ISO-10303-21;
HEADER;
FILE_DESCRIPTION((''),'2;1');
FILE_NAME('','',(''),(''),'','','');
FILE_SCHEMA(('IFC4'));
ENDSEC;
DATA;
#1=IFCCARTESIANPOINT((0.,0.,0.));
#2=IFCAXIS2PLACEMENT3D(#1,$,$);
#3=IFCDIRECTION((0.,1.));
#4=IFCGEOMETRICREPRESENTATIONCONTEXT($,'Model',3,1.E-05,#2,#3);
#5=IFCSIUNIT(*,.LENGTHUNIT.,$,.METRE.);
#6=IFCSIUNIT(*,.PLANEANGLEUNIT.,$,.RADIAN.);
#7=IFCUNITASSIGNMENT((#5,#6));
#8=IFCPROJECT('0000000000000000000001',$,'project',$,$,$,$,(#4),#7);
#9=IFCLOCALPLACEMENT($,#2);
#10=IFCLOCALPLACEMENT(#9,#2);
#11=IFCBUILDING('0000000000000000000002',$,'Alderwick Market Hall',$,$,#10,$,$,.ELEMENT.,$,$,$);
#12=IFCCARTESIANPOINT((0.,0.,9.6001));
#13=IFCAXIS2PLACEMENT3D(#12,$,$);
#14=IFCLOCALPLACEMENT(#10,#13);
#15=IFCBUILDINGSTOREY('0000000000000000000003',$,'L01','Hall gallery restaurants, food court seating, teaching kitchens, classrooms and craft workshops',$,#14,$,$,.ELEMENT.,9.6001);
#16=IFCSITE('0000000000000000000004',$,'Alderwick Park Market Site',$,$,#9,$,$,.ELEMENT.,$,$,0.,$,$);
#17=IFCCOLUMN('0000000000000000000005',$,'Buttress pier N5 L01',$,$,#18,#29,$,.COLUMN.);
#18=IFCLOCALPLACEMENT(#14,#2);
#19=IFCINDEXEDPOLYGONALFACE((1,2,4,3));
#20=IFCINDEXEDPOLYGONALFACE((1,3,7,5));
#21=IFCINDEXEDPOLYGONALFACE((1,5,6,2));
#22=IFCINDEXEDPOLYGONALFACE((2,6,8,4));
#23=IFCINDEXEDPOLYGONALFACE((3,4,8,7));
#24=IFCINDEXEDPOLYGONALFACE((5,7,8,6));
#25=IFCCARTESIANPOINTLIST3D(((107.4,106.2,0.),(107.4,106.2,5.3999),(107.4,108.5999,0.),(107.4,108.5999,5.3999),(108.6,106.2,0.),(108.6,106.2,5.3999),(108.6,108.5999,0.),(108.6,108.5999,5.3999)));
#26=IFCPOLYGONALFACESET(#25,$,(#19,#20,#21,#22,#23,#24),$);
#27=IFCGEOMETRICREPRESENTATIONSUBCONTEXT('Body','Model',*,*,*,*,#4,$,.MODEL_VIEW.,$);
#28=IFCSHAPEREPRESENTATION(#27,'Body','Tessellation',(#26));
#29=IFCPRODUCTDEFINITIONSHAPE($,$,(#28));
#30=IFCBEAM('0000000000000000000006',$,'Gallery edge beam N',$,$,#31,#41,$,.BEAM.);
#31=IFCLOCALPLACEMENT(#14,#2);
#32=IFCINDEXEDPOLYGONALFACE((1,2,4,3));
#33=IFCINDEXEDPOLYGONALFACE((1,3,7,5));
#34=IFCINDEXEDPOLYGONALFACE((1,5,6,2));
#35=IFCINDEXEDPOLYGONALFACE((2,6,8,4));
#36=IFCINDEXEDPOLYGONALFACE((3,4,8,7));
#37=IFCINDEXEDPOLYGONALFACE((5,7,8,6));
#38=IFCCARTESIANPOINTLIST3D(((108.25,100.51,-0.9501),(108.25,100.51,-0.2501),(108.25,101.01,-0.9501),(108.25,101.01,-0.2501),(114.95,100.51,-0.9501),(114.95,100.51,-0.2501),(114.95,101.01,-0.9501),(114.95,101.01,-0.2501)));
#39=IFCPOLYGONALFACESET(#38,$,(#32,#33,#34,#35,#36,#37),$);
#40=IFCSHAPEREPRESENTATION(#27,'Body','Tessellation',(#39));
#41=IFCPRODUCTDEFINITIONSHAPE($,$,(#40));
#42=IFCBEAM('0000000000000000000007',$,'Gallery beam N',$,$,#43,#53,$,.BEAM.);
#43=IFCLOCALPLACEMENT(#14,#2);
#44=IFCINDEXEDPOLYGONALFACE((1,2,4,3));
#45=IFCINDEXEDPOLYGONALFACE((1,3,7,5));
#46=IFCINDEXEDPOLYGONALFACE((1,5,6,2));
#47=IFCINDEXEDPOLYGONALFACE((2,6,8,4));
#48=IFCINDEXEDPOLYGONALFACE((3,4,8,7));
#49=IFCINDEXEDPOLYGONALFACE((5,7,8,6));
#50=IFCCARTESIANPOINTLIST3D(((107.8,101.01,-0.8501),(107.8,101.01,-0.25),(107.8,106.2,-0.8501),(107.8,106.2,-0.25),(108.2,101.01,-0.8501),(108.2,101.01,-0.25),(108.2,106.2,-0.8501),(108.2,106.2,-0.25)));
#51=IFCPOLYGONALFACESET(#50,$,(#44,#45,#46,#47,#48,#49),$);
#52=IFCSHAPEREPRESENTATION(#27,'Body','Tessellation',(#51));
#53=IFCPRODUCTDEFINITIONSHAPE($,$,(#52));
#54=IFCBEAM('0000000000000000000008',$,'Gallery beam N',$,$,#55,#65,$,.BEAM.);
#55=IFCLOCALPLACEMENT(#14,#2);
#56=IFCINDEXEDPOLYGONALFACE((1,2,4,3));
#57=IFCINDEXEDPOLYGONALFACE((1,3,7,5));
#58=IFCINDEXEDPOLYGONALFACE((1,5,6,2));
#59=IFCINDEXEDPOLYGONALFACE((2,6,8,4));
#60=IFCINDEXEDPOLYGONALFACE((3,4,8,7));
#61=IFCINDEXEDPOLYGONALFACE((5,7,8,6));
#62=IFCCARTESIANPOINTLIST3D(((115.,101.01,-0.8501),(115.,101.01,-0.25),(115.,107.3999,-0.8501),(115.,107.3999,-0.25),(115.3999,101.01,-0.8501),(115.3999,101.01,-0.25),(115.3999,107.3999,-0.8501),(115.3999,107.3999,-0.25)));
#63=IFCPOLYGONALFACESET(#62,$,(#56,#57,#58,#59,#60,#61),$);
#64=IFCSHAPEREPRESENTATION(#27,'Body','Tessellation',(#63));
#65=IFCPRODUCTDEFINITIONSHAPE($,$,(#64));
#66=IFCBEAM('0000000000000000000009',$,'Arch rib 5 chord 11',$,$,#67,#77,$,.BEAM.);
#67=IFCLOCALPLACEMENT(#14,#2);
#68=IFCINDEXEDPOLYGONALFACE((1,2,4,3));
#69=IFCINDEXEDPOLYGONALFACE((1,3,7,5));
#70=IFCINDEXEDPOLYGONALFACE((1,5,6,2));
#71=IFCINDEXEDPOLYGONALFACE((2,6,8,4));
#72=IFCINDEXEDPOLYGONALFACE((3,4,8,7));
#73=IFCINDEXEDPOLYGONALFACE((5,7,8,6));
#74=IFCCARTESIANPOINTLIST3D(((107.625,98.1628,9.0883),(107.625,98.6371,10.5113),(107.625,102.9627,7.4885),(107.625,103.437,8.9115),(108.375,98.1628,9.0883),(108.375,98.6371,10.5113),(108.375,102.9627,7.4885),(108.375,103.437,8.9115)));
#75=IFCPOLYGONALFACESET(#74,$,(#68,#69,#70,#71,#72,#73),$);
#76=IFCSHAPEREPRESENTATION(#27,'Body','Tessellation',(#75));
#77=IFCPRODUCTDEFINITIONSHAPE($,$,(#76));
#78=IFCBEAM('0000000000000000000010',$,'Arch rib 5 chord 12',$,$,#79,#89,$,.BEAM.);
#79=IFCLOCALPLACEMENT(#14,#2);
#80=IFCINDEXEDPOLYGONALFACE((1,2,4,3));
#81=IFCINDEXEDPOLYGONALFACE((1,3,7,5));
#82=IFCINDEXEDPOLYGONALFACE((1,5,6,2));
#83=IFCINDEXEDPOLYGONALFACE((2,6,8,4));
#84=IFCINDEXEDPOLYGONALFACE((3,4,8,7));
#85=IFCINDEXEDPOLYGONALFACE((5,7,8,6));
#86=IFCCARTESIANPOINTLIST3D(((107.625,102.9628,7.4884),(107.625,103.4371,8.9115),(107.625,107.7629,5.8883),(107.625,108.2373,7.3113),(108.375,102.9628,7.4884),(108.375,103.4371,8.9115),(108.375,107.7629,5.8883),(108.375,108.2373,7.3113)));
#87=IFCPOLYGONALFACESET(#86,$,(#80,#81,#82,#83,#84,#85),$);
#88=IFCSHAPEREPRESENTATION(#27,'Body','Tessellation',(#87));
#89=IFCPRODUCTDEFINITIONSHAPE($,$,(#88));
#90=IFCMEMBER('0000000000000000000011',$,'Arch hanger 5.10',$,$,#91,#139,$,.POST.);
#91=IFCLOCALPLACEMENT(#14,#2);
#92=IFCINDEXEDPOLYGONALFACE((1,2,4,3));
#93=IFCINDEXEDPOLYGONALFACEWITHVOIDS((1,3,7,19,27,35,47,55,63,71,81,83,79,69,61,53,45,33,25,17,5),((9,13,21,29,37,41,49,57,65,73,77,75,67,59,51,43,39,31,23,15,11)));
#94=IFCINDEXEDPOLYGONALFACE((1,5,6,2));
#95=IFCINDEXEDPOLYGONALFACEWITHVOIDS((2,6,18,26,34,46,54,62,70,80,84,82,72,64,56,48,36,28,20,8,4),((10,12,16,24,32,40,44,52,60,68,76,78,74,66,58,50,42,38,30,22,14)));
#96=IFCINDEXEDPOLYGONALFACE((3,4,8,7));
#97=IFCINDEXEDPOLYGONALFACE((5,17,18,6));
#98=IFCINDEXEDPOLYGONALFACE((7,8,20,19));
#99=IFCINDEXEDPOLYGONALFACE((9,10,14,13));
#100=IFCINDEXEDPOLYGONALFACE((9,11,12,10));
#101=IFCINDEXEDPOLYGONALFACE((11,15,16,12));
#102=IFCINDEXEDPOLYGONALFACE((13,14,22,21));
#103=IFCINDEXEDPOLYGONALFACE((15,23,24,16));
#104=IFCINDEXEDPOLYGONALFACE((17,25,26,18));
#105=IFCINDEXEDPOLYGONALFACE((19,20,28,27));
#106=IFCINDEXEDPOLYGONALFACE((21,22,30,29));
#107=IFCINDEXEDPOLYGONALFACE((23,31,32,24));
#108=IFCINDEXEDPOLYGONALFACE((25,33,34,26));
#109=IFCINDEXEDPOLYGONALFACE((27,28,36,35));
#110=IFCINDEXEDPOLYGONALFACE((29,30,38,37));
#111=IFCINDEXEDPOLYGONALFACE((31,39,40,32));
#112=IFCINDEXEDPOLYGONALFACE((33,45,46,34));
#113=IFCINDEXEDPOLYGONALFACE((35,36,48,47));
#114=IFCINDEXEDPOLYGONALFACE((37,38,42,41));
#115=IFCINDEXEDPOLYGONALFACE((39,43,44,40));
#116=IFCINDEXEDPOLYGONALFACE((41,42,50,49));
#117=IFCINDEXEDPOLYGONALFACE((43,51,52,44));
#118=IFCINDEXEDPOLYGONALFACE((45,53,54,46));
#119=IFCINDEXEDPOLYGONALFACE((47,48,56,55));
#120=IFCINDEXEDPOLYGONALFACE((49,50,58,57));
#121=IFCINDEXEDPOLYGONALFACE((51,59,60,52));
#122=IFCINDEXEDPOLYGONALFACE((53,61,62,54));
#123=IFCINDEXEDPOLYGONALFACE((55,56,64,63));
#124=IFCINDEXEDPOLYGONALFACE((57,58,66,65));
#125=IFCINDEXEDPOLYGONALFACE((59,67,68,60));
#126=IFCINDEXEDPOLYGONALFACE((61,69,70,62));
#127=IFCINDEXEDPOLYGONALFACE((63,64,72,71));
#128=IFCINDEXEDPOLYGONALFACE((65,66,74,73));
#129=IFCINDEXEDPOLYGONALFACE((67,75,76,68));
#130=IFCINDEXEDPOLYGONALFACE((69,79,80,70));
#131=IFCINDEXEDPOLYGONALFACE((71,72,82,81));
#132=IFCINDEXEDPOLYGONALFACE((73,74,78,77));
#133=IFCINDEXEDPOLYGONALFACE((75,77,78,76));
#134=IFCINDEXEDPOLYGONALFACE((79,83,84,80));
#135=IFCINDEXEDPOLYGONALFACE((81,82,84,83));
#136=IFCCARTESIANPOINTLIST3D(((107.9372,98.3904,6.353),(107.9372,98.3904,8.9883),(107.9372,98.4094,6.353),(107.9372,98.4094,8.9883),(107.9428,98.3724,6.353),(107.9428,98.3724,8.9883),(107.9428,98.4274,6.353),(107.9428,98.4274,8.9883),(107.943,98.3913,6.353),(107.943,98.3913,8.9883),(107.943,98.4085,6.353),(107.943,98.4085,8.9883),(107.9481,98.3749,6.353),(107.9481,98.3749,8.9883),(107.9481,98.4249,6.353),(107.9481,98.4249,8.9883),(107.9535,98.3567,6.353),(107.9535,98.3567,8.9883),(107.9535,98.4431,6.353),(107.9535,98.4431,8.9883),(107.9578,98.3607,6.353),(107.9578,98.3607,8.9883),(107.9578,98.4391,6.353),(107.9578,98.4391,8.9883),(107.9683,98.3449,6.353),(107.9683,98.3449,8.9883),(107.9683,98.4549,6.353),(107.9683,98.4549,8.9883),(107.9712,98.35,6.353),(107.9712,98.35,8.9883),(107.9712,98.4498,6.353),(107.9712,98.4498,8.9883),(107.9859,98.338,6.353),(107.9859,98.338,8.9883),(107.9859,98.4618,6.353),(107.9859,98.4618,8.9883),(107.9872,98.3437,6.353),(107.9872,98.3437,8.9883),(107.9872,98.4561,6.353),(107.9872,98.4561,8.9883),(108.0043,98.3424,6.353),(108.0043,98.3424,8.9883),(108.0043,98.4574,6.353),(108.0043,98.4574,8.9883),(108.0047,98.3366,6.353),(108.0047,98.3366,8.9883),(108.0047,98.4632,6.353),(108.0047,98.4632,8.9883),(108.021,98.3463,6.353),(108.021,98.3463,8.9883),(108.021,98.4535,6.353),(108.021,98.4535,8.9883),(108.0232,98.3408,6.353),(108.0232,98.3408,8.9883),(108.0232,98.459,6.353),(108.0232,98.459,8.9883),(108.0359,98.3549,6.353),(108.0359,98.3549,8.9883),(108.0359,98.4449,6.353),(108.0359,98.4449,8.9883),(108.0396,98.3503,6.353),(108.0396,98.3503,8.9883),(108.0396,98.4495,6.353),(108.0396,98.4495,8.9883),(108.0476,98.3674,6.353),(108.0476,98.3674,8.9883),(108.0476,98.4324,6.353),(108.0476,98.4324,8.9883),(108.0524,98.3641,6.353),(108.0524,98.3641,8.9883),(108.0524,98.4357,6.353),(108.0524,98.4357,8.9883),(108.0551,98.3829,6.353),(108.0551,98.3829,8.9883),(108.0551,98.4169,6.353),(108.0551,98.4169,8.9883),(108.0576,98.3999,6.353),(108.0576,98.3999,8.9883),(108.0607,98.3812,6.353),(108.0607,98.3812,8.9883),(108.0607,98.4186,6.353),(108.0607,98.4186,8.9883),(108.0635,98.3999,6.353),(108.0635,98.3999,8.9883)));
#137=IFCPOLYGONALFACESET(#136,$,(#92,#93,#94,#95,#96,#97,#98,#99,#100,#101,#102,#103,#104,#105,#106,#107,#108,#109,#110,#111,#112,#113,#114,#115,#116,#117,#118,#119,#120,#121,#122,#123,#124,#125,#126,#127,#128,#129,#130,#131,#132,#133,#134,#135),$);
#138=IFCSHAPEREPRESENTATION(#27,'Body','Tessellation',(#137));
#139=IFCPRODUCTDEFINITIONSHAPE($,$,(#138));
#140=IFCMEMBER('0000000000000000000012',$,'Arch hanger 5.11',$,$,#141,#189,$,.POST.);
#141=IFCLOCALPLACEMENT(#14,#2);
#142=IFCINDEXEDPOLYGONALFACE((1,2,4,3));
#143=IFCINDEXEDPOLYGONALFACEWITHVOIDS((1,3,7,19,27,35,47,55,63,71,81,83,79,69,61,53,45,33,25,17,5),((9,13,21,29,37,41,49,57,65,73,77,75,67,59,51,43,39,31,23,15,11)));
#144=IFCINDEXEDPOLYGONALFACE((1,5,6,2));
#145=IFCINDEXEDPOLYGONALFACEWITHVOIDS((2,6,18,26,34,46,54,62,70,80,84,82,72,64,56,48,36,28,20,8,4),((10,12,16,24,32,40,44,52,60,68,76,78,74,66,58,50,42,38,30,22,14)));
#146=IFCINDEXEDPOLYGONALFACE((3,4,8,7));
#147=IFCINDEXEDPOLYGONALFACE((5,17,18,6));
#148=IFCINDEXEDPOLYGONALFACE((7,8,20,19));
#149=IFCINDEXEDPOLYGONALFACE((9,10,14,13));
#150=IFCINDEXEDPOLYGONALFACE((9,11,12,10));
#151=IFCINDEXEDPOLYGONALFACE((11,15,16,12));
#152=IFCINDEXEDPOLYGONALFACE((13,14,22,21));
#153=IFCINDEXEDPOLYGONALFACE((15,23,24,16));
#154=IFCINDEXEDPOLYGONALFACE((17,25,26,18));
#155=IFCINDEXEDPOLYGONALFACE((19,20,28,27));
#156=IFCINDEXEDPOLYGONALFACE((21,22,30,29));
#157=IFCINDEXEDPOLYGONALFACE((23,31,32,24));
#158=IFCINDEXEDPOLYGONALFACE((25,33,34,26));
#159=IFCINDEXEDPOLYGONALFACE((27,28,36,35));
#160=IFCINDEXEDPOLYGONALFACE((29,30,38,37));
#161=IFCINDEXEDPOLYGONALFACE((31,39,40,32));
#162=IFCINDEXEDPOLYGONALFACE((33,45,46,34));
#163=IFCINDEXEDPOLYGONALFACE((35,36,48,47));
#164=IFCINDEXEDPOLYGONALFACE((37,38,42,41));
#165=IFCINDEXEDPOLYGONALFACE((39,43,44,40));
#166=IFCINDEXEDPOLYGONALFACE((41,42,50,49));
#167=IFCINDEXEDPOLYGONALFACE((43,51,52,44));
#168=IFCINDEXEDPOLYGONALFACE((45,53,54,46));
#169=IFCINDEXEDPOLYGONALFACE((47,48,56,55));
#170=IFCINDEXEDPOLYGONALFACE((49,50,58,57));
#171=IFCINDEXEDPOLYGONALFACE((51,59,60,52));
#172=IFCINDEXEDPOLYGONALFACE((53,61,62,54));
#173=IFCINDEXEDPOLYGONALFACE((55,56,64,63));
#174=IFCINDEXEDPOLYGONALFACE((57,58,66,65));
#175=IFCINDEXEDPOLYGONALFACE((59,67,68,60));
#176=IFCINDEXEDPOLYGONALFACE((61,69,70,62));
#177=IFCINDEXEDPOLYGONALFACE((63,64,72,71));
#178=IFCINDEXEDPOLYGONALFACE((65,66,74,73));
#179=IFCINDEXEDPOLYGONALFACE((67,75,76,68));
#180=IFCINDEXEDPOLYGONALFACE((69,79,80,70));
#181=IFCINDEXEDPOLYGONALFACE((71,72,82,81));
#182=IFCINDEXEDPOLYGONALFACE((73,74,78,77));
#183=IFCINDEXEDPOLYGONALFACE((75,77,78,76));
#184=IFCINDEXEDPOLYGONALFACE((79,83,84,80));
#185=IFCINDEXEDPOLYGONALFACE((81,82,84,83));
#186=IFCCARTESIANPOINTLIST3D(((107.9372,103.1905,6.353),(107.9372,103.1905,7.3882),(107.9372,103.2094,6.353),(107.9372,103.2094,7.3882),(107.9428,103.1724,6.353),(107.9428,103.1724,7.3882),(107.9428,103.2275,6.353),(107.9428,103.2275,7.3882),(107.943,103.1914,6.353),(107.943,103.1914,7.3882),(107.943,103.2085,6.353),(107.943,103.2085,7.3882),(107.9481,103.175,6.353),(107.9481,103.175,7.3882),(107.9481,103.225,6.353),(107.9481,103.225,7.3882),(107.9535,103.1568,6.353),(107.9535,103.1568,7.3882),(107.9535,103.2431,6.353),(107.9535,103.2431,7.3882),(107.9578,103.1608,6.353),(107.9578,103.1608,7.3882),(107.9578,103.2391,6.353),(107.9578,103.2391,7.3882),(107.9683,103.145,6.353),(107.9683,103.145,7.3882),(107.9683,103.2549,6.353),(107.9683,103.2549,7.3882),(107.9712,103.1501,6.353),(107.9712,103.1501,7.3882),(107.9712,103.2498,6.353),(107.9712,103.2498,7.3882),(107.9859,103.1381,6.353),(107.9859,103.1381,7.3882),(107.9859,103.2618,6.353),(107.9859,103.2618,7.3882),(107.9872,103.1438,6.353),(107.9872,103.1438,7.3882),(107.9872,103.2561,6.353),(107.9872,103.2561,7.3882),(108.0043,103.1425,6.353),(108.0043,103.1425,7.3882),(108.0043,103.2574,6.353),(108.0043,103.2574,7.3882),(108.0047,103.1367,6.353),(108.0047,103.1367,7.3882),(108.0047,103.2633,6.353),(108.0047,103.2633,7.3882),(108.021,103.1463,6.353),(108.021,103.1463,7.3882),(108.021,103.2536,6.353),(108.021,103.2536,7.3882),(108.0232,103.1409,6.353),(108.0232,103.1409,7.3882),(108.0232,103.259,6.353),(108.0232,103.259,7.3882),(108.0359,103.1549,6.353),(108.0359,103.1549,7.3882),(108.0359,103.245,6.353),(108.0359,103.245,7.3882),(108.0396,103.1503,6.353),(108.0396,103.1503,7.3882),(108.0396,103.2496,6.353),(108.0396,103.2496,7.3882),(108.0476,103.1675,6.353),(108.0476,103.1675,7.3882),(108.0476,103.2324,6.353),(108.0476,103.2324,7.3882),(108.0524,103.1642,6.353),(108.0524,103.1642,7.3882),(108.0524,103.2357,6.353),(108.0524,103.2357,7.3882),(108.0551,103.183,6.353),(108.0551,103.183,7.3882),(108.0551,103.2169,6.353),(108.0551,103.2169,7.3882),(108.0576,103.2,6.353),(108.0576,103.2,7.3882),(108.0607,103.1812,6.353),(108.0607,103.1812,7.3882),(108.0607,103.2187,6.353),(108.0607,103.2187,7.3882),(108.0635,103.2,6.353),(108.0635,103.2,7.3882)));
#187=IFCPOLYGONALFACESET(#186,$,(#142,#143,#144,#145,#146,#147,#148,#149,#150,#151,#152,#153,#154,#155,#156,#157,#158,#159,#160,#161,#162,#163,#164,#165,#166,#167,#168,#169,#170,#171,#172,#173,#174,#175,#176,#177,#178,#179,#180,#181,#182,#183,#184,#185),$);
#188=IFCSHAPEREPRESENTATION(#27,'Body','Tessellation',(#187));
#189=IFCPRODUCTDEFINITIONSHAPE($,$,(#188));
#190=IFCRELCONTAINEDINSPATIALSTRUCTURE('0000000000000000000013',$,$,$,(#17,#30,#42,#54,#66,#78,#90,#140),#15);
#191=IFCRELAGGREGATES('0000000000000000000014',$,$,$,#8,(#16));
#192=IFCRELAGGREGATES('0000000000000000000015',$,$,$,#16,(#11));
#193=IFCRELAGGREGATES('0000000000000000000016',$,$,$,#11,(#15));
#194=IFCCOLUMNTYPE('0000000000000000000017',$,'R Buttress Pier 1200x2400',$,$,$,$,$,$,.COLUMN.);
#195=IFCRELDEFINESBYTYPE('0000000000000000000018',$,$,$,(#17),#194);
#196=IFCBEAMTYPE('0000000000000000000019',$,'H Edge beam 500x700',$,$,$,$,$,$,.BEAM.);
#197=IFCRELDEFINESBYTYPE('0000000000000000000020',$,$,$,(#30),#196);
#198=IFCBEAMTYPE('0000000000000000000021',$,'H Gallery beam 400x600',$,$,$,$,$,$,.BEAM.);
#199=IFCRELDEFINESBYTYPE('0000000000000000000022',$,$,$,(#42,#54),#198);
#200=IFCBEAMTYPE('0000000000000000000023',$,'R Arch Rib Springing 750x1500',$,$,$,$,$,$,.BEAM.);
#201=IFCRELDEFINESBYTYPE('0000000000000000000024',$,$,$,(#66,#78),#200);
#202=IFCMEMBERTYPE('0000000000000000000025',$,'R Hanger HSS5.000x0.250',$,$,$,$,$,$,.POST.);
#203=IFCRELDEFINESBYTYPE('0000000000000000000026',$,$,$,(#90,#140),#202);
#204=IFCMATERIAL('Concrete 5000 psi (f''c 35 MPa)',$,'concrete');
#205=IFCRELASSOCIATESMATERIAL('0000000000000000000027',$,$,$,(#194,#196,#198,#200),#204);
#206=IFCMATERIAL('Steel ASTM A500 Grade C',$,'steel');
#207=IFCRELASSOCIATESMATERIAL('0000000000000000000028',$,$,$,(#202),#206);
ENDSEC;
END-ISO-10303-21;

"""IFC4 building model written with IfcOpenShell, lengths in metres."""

from ifc_helpers import new_model, si_unit, direction, frame, origin, origin_2d, place, context, subcontext, project, spatial, rectangle, hollow_circle, extrude, material, material_profile, profile_set, type_object, element, save


model = new_model("IFC4")

# Units and contexts
model_context = context("Model", 3, precision=1e-05, world=origin(), true_north=direction((0.0, 1.0)))
body_context = subcontext(model_context, "Body", "Model", "MODEL_VIEW")
ifc_project = project(units=[si_unit("LENGTHUNIT", "METRE"), si_unit("PLANEANGLEUNIT", "RADIAN")], contexts=[model_context])

# Site, building, storey
site_placement = place(None, origin())
site = spatial("IfcSite", under=ifc_project, at=site_placement, Name="Alderwick Park Market Site", CompositionType="ELEMENT", RefElevation=0.0)
building_placement = place(site_placement, origin())
building = spatial("IfcBuilding", under=site, at=building_placement, Name="Alderwick Market Hall", CompositionType="ELEMENT")
storey_placement = place(building_placement, frame((0.0, 0.0, 9.6001)))
storey = spatial("IfcBuildingStorey", under=building, at=storey_placement, Name="L01", Description="Hall gallery restaurants, food court seating, teaching kitchens, classrooms and craft workshops", CompositionType="ELEMENT", Elevation=9.6001)

# Column
ifc_material_1 = material(Name="Concrete 5000 psi (f'c 35 MPa)", Category="concrete")
ifc_material_profile_1 = material_profile(ifc_material_1, rectangle(XDim=1.2, YDim=2.3999, at=origin_2d()), Name="RC 1200x2400")
ifc_profile_set_1 = profile_set([ifc_material_profile_1], Name="Concrete 5000 psi (f'c 35 MPa)")
column_type = type_object("IfcColumnType", Name="R Buttress Pier 1200x2400", PredefinedType="COLUMN", material=ifc_profile_set_1)
column_placement = place(storey_placement, frame((108.0, 107.3999, 0.0), z_axis=(0.0, 0.0, 1.0), x_axis=(1.0, 0.0, 0.0)))
element("IfcColumn", 1, at=column_placement, inside=storey, type_object=column_type, Name="Buttress pier N5 L01", PredefinedType="COLUMN", context=body_context, shape_type="SweptSolid", body=[
    extrude(rectangle(XDim=1.2, YDim=2.3999, at=origin_2d()), origin(), (0.0, 0.0, 1.0), 5.3999),
])

# Beams
ifc_material_profile_2 = material_profile(ifc_material_1, rectangle(XDim=0.5, YDim=0.7, at=origin_2d()), Name="RC 500x700")
ifc_profile_set_2 = profile_set([ifc_material_profile_2], Name="Concrete 5000 psi (f'c 35 MPa)")
beam_type_1 = type_object("IfcBeamType", Name="H Edge beam 500x700", PredefinedType="BEAM", material=ifc_profile_set_2)
beam_1_placement = place(storey_placement, frame((108.25, 100.76, -0.6001), z_axis=(1.0, 0.0, 0.0), x_axis=(0.0, 1.0, 0.0)))
element("IfcBeam", 2, at=beam_1_placement, inside=storey, type_object=beam_type_1, Name="Gallery edge beam N", PredefinedType="BEAM", context=body_context, shape_type="SweptSolid", body=[
    extrude(rectangle(XDim=0.5, YDim=0.7, at=origin_2d()), origin(), (0.0, 0.0, 1.0), 6.7),
])
ifc_material_profile_3 = material_profile(ifc_material_1, rectangle(XDim=0.3999, YDim=0.6001, at=origin_2d()), Name="RC 400x600")
ifc_profile_set_3 = profile_set([ifc_material_profile_3], Name="Concrete 5000 psi (f'c 35 MPa)")
beam_type_2 = type_object("IfcBeamType", Name="H Gallery beam 400x600", PredefinedType="BEAM", material=ifc_profile_set_3)
beam_2_placement = place(storey_placement, frame((108.0, 106.2, -0.55), z_axis=(0.0, -1.0, 0.0), x_axis=(1.0, 0.0, 0.0)))
element("IfcBeam", 3, at=beam_2_placement, inside=storey, type_object=beam_type_2, Name="Gallery beam N", PredefinedType="BEAM", context=body_context, shape_type="SweptSolid", body=[
    extrude(rectangle(XDim=0.3999, YDim=0.6001, at=origin_2d()), origin(), (0.0, 0.0, 1.0), 5.1899),
])
beam_3_placement = place(storey_placement, frame((115.2, 107.3999, -0.55), z_axis=(0.0, -1.0, 0.0), x_axis=(1.0, 0.0, 0.0)))
element("IfcBeam", 4, at=beam_3_placement, inside=storey, type_object=beam_type_2, Name="Gallery beam N", PredefinedType="BEAM", context=body_context, shape_type="SweptSolid", body=[
    extrude(rectangle(XDim=0.3999, YDim=0.6001, at=origin_2d()), origin(), (0.0, 0.0, 1.0), 6.3899),
])
ifc_material_profile_4 = material_profile(ifc_material_1, rectangle(XDim=0.75, YDim=1.5, at=origin_2d()), Name="RC 750x1500")
ifc_profile_set_4 = profile_set([ifc_material_profile_4], Name="Concrete 5000 psi (f'c 35 MPa)")
beam_type_3 = type_object("IfcBeamType", Name="R Arch Rib Springing 750x1500", PredefinedType="BEAM", material=ifc_profile_set_4)
beam_4_placement = place(storey_placement, frame((108.0, 98.3999, 9.7998), z_axis=(0.0, 0.948693, -0.316199), x_axis=(-1.0, 0.0, 0.0)))
element("IfcBeam", 5, at=beam_4_placement, inside=storey, type_object=beam_type_3, Name="Arch rib 5 chord 11", PredefinedType="BEAM", context=body_context, shape_type="SweptSolid", body=[
    extrude(rectangle(XDim=0.75, YDim=1.5, at=origin_2d()), origin(), (0.0, 0.0, 1.0), 5.0596),
])
beam_5_placement = place(storey_placement, frame((108.0, 103.2, 8.2), z_axis=(0.0, 0.948678, -0.316242), x_axis=(-1.0, 0.0, 0.0)))
element("IfcBeam", 6, at=beam_5_placement, inside=storey, type_object=beam_type_3, Name="Arch rib 5 chord 12", PredefinedType="BEAM", context=body_context, shape_type="SweptSolid", body=[
    extrude(rectangle(XDim=0.75, YDim=1.5, at=origin_2d()), origin(), (0.0, 0.0, 1.0), 5.0598),
])

# Members
ifc_material_2 = material(Name="Steel ASTM A500 Grade C", Category="steel")
ifc_material_profile_5 = material_profile(ifc_material_2, hollow_circle(Radius=0.0635, WallThickness=0.0059, at=origin_2d()), Name="HSS5.000x0.250")
ifc_profile_set_5 = profile_set([ifc_material_profile_5], Name="Steel ASTM A500 Grade C")
member_type_1 = type_object("IfcMemberType", Name="R Hanger HSS5.000x0.250", PredefinedType="POST", material=ifc_profile_set_5)
member_1_placement = place(storey_placement, frame((108.0, 98.3999, 6.353), z_axis=(0.0, 0.0, 1.0), x_axis=(1.0, 0.0, 0.0)))
element("IfcMember", 7, at=member_1_placement, inside=storey, type_object=member_type_1, Name="Arch hanger 5.10", PredefinedType="POST", context=body_context, shape_type="SweptSolid", body=[
    extrude(hollow_circle(Radius=0.0635, WallThickness=0.0059, at=origin_2d()), origin(), (0.0, 0.0, 1.0), 2.6353),
])
member_2_placement = place(storey_placement, frame((108.0, 103.2, 6.353), z_axis=(0.0, 0.0, 1.0), x_axis=(1.0, 0.0, 0.0)))
element("IfcMember", 8, at=member_2_placement, inside=storey, type_object=member_type_1, Name="Arch hanger 5.11", PredefinedType="POST", context=body_context, shape_type="SweptSolid", body=[
    extrude(hollow_circle(Radius=0.0635, WallThickness=0.0059, at=origin_2d()), origin(), (0.0, 0.0, 1.0), 1.0352),
])

save(model, "model.ifc")
